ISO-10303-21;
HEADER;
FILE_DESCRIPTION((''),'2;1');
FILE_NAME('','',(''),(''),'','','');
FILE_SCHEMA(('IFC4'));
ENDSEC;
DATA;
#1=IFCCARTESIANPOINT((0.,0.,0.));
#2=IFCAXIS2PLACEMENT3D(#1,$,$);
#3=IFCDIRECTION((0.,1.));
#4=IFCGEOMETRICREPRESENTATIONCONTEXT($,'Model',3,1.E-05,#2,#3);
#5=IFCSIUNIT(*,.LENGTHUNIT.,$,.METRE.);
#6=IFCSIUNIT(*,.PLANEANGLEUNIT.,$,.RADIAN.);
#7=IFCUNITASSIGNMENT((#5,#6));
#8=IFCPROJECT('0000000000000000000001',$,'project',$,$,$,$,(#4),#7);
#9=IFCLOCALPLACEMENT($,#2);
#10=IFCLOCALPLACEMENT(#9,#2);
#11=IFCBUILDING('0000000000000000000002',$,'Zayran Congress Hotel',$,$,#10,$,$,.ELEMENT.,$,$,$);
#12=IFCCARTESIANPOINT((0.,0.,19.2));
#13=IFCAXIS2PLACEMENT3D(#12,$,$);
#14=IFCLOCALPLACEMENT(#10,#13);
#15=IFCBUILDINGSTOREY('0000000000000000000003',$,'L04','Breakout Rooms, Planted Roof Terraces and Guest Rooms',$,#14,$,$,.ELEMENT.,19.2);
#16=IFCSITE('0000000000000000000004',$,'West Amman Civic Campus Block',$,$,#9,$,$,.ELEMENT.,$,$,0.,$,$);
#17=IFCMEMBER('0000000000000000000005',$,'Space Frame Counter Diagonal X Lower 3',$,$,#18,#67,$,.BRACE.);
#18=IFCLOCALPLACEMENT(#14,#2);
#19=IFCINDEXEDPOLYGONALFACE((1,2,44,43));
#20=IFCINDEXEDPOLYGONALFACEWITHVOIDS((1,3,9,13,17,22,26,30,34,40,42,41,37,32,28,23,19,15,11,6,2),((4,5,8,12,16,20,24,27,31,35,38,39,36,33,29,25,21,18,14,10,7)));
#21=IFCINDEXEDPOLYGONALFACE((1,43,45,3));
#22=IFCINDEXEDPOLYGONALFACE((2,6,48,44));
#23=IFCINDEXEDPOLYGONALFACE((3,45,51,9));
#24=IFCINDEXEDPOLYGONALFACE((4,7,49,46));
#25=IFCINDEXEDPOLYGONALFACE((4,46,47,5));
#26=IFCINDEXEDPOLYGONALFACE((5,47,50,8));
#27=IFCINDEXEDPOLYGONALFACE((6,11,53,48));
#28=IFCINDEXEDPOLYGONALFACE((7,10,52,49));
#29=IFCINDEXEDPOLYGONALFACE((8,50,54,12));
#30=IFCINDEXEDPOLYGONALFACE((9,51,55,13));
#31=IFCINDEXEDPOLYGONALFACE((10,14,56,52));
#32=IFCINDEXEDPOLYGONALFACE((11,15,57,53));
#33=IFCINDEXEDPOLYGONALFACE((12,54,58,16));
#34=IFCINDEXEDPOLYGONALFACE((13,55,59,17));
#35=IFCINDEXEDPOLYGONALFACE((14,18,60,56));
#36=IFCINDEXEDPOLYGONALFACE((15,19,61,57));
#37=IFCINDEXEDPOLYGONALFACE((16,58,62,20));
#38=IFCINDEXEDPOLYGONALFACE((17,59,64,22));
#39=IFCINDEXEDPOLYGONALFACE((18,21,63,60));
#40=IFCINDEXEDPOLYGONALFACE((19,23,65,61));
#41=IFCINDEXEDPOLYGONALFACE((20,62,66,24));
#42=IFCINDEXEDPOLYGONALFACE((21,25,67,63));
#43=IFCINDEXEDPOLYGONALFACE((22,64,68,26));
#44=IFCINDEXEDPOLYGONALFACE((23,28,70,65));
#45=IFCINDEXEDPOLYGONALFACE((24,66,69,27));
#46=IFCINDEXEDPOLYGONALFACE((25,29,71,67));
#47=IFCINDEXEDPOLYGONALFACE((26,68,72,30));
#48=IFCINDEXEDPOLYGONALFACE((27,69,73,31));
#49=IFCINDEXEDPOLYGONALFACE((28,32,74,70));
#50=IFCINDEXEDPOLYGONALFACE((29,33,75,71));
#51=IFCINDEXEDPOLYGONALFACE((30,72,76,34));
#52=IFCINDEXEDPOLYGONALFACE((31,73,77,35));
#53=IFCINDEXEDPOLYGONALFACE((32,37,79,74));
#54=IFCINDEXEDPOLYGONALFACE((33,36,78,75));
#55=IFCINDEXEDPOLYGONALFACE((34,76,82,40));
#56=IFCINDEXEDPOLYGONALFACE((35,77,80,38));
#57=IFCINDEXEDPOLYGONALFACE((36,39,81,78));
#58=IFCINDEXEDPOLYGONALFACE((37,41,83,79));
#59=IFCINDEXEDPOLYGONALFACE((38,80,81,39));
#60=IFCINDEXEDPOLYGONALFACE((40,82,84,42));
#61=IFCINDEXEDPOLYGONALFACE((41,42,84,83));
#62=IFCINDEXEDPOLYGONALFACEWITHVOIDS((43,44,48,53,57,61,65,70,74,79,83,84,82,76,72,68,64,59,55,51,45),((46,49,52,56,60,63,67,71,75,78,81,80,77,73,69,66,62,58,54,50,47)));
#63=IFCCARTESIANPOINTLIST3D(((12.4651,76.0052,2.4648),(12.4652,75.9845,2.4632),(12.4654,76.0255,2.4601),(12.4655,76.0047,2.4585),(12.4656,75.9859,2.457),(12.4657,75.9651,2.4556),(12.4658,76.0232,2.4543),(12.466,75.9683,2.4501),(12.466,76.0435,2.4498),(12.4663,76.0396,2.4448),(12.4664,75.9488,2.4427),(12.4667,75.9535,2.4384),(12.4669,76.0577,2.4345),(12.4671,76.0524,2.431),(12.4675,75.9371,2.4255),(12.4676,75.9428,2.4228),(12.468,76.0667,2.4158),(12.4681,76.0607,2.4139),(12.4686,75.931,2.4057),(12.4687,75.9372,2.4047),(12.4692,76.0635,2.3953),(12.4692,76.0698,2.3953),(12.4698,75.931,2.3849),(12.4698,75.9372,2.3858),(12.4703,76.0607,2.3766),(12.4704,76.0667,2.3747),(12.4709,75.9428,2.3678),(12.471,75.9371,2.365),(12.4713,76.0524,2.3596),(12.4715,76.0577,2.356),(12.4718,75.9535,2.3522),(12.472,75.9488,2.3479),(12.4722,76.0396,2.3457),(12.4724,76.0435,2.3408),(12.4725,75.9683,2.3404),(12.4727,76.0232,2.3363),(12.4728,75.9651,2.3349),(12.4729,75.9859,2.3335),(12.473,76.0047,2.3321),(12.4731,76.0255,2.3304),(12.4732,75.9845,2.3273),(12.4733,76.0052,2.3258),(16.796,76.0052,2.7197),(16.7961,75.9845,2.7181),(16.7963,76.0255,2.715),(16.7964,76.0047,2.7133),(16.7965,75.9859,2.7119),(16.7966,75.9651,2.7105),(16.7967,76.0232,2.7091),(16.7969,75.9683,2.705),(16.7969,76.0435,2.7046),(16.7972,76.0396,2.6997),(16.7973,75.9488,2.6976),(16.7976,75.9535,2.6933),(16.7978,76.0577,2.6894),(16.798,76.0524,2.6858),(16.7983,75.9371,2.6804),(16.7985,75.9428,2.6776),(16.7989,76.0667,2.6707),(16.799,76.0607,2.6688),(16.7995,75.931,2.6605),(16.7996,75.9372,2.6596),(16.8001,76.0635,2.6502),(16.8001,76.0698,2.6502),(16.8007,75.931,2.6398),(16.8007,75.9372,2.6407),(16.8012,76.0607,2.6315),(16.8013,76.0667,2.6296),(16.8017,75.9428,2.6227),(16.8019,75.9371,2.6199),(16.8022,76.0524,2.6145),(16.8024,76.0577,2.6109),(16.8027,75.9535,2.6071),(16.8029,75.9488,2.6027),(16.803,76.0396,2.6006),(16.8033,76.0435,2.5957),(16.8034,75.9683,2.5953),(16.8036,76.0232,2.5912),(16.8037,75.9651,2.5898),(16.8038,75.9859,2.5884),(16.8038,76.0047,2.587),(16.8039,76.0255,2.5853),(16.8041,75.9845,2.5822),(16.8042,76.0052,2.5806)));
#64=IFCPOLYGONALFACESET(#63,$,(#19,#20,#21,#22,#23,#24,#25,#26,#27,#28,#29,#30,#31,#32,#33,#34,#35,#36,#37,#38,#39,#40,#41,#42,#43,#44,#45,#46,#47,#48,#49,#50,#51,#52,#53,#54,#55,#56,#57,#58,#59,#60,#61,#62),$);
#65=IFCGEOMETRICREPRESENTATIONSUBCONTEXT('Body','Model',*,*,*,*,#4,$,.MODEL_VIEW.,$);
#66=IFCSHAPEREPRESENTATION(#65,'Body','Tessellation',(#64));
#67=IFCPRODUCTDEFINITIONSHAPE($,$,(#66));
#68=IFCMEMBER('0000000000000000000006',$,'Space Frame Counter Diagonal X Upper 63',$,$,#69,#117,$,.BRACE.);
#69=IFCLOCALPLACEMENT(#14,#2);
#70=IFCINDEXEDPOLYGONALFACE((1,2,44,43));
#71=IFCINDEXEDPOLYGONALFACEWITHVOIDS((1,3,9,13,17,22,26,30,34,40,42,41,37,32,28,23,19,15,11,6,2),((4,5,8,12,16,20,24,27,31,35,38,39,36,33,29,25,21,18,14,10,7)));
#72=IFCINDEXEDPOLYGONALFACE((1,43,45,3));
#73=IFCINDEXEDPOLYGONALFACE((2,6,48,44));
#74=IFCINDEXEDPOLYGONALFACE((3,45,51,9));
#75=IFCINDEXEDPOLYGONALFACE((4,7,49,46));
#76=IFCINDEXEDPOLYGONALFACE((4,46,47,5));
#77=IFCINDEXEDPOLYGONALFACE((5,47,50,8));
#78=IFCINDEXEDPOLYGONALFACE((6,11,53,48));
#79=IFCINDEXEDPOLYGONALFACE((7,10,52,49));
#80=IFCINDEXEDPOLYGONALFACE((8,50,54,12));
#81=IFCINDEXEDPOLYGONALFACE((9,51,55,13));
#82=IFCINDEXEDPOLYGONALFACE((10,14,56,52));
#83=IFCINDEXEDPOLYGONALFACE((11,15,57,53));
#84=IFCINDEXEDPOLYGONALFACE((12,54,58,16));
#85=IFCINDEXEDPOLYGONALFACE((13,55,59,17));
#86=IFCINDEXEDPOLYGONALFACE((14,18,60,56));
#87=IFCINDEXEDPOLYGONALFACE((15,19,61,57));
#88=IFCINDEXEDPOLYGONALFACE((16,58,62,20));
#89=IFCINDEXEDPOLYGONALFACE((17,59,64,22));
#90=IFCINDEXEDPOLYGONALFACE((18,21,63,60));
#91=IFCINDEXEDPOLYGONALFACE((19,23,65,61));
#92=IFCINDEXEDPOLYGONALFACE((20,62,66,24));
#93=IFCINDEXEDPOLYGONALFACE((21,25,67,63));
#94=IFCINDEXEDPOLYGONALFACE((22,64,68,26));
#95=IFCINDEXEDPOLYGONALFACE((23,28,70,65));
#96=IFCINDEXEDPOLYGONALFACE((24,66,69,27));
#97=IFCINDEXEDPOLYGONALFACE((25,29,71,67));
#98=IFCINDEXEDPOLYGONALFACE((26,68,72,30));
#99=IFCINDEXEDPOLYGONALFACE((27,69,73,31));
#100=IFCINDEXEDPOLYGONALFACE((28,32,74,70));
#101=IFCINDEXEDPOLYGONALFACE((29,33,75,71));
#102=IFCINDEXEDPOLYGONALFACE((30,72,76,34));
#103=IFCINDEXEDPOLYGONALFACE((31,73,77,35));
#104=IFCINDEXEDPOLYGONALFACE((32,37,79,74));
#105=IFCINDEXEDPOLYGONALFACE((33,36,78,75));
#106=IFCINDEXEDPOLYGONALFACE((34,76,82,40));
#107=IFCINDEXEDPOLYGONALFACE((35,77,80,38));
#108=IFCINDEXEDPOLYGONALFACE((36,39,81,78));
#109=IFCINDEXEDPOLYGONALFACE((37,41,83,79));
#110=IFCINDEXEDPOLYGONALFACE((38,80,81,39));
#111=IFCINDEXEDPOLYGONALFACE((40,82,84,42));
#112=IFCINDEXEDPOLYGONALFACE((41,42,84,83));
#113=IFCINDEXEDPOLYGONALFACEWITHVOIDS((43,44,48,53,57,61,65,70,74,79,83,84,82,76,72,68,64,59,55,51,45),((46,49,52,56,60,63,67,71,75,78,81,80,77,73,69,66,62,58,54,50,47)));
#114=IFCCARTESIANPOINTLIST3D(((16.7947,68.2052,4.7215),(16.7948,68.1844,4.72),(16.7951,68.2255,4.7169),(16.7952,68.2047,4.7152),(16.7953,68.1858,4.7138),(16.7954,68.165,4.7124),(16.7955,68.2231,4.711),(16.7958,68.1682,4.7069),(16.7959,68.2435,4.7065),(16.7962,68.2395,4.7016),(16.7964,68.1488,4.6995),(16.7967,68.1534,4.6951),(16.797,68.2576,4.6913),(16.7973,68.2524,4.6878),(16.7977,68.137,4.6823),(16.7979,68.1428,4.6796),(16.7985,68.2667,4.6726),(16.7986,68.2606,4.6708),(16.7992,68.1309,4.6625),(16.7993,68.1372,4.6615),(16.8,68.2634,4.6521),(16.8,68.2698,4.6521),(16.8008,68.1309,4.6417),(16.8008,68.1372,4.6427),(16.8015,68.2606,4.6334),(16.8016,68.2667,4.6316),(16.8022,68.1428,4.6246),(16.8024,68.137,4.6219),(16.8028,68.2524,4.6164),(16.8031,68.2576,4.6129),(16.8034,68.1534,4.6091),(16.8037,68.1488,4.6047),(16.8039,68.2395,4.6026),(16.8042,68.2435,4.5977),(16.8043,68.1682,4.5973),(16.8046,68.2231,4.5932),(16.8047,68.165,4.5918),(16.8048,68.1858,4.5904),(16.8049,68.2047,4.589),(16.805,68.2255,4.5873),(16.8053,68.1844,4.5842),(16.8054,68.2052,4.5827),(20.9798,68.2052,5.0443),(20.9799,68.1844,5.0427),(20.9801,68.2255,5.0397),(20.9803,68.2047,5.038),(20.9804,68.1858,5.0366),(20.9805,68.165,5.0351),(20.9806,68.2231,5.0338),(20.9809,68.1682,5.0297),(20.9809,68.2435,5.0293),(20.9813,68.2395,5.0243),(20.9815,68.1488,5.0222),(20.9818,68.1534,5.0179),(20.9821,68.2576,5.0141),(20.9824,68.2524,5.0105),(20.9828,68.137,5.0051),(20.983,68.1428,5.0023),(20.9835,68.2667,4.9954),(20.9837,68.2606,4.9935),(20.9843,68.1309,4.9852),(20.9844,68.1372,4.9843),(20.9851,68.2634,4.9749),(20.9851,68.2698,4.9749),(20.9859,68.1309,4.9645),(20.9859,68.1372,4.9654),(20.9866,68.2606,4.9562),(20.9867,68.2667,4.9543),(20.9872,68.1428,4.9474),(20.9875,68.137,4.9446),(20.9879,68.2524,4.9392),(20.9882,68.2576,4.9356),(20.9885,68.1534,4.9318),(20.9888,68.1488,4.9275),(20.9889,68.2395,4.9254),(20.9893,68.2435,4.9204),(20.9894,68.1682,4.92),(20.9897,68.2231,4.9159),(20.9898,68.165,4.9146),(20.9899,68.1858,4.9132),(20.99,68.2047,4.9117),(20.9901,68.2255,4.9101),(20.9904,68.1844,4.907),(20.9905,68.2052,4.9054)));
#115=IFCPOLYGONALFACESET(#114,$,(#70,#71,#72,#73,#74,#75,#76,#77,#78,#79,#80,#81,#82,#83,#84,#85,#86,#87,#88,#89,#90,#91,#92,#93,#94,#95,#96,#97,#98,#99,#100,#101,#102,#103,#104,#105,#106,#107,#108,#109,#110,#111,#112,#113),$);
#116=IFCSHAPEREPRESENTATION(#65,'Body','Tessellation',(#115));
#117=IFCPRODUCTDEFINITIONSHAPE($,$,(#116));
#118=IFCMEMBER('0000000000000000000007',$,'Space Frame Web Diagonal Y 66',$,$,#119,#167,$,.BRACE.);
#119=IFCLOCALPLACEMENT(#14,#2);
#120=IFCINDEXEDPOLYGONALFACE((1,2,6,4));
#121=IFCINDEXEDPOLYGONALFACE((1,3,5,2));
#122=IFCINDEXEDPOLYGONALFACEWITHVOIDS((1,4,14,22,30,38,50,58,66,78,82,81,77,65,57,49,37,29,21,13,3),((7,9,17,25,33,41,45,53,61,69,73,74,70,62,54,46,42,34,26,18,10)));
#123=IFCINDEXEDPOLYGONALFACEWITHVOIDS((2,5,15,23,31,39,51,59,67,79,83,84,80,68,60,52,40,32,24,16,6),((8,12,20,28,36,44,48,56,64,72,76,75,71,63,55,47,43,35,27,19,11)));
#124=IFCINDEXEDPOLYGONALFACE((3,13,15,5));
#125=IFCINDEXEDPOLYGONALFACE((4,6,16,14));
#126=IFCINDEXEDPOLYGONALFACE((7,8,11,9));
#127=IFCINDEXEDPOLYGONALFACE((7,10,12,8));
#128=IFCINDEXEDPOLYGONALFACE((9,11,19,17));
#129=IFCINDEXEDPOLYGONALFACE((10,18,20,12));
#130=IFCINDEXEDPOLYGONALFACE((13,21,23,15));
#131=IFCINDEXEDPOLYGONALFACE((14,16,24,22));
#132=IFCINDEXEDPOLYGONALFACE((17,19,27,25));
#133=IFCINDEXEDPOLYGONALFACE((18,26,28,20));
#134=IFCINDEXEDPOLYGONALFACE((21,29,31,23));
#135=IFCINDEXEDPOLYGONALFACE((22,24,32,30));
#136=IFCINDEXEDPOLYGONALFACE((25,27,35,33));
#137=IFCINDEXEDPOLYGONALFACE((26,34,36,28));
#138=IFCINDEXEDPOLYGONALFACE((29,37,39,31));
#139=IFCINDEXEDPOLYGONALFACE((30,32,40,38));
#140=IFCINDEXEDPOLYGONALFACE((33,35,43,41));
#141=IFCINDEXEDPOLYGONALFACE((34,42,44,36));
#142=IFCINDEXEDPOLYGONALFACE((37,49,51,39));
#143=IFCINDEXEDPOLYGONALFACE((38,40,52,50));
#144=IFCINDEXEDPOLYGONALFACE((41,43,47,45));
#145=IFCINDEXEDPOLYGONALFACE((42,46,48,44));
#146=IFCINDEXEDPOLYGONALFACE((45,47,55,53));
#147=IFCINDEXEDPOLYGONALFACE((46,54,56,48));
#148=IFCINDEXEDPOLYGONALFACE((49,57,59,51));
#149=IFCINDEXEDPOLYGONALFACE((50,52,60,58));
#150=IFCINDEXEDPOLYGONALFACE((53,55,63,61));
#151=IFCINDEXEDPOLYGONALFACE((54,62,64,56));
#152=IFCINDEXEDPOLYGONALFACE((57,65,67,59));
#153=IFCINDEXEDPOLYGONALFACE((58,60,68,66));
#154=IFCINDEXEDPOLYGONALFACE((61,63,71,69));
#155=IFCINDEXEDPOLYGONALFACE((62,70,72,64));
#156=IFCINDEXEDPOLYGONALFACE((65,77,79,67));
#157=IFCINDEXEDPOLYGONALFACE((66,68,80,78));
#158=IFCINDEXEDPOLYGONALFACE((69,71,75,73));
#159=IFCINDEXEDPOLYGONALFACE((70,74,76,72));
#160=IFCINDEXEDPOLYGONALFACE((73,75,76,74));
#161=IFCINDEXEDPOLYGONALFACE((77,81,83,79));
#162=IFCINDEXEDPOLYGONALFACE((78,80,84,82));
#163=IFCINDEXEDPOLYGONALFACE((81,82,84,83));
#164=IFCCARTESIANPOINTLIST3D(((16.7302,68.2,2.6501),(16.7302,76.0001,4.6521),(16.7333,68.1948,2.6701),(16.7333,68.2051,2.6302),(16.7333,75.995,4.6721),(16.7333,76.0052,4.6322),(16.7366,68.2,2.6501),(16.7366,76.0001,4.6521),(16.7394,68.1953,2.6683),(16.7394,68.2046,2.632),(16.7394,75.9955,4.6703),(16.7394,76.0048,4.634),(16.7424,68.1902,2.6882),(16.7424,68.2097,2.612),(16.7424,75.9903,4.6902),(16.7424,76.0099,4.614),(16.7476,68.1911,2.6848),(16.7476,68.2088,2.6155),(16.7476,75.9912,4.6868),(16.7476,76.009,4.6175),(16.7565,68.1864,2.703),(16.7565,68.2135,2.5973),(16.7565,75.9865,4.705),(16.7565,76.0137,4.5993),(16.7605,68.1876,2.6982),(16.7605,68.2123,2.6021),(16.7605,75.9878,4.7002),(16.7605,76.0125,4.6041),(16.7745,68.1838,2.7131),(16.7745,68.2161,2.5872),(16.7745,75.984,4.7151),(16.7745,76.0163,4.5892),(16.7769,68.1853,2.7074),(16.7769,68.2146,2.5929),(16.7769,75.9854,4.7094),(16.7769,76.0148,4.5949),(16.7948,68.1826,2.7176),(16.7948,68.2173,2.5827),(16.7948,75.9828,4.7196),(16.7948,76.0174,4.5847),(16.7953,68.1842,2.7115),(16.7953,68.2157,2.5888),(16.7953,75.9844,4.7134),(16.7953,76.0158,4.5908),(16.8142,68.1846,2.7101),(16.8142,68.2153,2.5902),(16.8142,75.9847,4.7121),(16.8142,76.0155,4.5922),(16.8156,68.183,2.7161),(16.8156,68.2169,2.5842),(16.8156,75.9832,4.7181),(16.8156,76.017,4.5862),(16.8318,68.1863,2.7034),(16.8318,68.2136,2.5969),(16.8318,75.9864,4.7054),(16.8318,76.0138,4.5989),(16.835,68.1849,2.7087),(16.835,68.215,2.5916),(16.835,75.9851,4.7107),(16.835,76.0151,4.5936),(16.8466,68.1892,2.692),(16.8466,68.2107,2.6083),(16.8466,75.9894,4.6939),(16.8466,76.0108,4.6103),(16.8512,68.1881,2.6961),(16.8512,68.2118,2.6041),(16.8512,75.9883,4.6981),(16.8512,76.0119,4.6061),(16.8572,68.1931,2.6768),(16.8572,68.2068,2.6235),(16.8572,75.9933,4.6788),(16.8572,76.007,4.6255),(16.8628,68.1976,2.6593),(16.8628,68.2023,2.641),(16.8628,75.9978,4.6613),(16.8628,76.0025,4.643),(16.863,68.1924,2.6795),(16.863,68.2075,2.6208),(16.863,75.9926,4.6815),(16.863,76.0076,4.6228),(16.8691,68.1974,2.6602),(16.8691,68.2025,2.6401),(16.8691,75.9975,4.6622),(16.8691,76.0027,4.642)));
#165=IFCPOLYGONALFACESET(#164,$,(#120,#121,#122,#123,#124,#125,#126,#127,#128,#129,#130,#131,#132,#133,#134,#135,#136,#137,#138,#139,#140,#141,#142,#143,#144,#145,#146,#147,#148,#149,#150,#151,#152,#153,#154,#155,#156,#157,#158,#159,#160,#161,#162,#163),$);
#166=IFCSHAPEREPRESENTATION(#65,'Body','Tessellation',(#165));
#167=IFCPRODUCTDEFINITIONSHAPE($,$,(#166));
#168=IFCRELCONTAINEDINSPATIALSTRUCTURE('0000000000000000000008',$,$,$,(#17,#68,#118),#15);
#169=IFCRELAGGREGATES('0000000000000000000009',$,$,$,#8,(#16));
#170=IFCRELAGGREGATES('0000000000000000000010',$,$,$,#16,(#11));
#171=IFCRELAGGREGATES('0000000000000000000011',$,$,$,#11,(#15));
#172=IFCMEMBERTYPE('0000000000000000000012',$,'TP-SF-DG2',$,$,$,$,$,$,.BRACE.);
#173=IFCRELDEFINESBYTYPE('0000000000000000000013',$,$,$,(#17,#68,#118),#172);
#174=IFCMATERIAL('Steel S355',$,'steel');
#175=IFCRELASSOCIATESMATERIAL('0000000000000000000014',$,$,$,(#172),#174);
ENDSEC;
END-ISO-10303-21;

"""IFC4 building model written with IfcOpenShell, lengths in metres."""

from ifc_helpers import new_model, si_unit, direction, frame, origin, origin_2d, place, context, subcontext, project, spatial, hollow_circle, extrude, material, material_profile, profile_set, type_object, element, save


model = new_model("IFC4")

# Units and contexts
model_context = context("Model", 3, precision=1e-05, world=origin(), true_north=direction((0.0, 1.0)))
body_context = subcontext(model_context, "Body", "Model", "MODEL_VIEW")
ifc_project = project(units=[si_unit("LENGTHUNIT", "METRE"), si_unit("PLANEANGLEUNIT", "RADIAN")], contexts=[model_context])

# Site, building, storey
site_placement = place(None, origin())
site = spatial("IfcSite", under=ifc_project, at=site_placement, Name="West Amman Civic Campus Block", CompositionType="ELEMENT", RefElevation=0.0)
building_placement = place(site_placement, origin())
building = spatial("IfcBuilding", under=site, at=building_placement, Name="Zayran Congress Hotel", CompositionType="ELEMENT")
storey_placement = place(building_placement, frame((0.0, 0.0, 19.2)))
storey = spatial("IfcBuildingStorey", under=building, at=storey_placement, Name="L04", Description="Breakout Rooms, Planted Roof Terraces and Guest Rooms", CompositionType="ELEMENT", Elevation=19.2)

# Shared definitions
ifc_material_1 = material(Name="Steel S355", Category="steel")

# Members
ifc_material_profile_1 = material_profile(ifc_material_1, hollow_circle(Radius=0.0698, WallThickness=0.0063, at=origin_2d()), Name="CHS 139.7x6.3")
ifc_profile_set_1 = profile_set([ifc_material_profile_1], Name="Steel S355")
member_type_1 = type_object("IfcMemberType", Name="TP-SF-DG2", PredefinedType="BRACE", material=ifc_profile_set_1)
for number, where, z_axis, x_axis, name in (
    (1, (12.4692, 76.0, 2.3953), (0.998273, 0.0, 0.058752), (0.0, 1.0, 0.0), "Space Frame Counter Diagonal X Lower 3"),
):
    element("IfcMember", number, at=place(storey_placement, frame(where, z_axis=z_axis, x_axis=x_axis)), inside=storey, type_object=member_type_1, Name=name, PredefinedType="BRACE", context=body_context, shape_type="SweptSolid", body=[
        extrude(hollow_circle(Radius=0.0698, WallThickness=0.0063, at=origin_2d()), origin(), (0.0, 0.0, 1.0), 4.3384),
    ])
member_1_placement = place(storey_placement, frame((16.8, 68.2, 4.6521), z_axis=(0.997039, 0.0, 0.076892), x_axis=(0.0, 1.0, 0.0)))
element("IfcMember", 2, at=member_1_placement, inside=storey, type_object=member_type_1, Name="Space Frame Counter Diagonal X Upper 63", PredefinedType="BRACE", context=body_context, shape_type="SweptSolid", body=[
    extrude(hollow_circle(Radius=0.0698, WallThickness=0.0063, at=origin_2d()), origin(), (0.0, 0.0, 1.0), 4.1975),
])
member_2_placement = place(storey_placement, frame((16.8, 68.2, 2.6501), z_axis=(0.0, 0.968606, 0.248601), x_axis=(-1.0, 0.0, 0.0)))
element("IfcMember", 3, at=member_2_placement, inside=storey, type_object=member_type_1, Name="Space Frame Web Diagonal Y 66", PredefinedType="BRACE", context=body_context, shape_type="SweptSolid", body=[
    extrude(hollow_circle(Radius=0.0698, WallThickness=0.0063, at=origin_2d()), origin(), (0.0, 0.0, 1.0), 8.053),
])

save(model, "model.ifc")
